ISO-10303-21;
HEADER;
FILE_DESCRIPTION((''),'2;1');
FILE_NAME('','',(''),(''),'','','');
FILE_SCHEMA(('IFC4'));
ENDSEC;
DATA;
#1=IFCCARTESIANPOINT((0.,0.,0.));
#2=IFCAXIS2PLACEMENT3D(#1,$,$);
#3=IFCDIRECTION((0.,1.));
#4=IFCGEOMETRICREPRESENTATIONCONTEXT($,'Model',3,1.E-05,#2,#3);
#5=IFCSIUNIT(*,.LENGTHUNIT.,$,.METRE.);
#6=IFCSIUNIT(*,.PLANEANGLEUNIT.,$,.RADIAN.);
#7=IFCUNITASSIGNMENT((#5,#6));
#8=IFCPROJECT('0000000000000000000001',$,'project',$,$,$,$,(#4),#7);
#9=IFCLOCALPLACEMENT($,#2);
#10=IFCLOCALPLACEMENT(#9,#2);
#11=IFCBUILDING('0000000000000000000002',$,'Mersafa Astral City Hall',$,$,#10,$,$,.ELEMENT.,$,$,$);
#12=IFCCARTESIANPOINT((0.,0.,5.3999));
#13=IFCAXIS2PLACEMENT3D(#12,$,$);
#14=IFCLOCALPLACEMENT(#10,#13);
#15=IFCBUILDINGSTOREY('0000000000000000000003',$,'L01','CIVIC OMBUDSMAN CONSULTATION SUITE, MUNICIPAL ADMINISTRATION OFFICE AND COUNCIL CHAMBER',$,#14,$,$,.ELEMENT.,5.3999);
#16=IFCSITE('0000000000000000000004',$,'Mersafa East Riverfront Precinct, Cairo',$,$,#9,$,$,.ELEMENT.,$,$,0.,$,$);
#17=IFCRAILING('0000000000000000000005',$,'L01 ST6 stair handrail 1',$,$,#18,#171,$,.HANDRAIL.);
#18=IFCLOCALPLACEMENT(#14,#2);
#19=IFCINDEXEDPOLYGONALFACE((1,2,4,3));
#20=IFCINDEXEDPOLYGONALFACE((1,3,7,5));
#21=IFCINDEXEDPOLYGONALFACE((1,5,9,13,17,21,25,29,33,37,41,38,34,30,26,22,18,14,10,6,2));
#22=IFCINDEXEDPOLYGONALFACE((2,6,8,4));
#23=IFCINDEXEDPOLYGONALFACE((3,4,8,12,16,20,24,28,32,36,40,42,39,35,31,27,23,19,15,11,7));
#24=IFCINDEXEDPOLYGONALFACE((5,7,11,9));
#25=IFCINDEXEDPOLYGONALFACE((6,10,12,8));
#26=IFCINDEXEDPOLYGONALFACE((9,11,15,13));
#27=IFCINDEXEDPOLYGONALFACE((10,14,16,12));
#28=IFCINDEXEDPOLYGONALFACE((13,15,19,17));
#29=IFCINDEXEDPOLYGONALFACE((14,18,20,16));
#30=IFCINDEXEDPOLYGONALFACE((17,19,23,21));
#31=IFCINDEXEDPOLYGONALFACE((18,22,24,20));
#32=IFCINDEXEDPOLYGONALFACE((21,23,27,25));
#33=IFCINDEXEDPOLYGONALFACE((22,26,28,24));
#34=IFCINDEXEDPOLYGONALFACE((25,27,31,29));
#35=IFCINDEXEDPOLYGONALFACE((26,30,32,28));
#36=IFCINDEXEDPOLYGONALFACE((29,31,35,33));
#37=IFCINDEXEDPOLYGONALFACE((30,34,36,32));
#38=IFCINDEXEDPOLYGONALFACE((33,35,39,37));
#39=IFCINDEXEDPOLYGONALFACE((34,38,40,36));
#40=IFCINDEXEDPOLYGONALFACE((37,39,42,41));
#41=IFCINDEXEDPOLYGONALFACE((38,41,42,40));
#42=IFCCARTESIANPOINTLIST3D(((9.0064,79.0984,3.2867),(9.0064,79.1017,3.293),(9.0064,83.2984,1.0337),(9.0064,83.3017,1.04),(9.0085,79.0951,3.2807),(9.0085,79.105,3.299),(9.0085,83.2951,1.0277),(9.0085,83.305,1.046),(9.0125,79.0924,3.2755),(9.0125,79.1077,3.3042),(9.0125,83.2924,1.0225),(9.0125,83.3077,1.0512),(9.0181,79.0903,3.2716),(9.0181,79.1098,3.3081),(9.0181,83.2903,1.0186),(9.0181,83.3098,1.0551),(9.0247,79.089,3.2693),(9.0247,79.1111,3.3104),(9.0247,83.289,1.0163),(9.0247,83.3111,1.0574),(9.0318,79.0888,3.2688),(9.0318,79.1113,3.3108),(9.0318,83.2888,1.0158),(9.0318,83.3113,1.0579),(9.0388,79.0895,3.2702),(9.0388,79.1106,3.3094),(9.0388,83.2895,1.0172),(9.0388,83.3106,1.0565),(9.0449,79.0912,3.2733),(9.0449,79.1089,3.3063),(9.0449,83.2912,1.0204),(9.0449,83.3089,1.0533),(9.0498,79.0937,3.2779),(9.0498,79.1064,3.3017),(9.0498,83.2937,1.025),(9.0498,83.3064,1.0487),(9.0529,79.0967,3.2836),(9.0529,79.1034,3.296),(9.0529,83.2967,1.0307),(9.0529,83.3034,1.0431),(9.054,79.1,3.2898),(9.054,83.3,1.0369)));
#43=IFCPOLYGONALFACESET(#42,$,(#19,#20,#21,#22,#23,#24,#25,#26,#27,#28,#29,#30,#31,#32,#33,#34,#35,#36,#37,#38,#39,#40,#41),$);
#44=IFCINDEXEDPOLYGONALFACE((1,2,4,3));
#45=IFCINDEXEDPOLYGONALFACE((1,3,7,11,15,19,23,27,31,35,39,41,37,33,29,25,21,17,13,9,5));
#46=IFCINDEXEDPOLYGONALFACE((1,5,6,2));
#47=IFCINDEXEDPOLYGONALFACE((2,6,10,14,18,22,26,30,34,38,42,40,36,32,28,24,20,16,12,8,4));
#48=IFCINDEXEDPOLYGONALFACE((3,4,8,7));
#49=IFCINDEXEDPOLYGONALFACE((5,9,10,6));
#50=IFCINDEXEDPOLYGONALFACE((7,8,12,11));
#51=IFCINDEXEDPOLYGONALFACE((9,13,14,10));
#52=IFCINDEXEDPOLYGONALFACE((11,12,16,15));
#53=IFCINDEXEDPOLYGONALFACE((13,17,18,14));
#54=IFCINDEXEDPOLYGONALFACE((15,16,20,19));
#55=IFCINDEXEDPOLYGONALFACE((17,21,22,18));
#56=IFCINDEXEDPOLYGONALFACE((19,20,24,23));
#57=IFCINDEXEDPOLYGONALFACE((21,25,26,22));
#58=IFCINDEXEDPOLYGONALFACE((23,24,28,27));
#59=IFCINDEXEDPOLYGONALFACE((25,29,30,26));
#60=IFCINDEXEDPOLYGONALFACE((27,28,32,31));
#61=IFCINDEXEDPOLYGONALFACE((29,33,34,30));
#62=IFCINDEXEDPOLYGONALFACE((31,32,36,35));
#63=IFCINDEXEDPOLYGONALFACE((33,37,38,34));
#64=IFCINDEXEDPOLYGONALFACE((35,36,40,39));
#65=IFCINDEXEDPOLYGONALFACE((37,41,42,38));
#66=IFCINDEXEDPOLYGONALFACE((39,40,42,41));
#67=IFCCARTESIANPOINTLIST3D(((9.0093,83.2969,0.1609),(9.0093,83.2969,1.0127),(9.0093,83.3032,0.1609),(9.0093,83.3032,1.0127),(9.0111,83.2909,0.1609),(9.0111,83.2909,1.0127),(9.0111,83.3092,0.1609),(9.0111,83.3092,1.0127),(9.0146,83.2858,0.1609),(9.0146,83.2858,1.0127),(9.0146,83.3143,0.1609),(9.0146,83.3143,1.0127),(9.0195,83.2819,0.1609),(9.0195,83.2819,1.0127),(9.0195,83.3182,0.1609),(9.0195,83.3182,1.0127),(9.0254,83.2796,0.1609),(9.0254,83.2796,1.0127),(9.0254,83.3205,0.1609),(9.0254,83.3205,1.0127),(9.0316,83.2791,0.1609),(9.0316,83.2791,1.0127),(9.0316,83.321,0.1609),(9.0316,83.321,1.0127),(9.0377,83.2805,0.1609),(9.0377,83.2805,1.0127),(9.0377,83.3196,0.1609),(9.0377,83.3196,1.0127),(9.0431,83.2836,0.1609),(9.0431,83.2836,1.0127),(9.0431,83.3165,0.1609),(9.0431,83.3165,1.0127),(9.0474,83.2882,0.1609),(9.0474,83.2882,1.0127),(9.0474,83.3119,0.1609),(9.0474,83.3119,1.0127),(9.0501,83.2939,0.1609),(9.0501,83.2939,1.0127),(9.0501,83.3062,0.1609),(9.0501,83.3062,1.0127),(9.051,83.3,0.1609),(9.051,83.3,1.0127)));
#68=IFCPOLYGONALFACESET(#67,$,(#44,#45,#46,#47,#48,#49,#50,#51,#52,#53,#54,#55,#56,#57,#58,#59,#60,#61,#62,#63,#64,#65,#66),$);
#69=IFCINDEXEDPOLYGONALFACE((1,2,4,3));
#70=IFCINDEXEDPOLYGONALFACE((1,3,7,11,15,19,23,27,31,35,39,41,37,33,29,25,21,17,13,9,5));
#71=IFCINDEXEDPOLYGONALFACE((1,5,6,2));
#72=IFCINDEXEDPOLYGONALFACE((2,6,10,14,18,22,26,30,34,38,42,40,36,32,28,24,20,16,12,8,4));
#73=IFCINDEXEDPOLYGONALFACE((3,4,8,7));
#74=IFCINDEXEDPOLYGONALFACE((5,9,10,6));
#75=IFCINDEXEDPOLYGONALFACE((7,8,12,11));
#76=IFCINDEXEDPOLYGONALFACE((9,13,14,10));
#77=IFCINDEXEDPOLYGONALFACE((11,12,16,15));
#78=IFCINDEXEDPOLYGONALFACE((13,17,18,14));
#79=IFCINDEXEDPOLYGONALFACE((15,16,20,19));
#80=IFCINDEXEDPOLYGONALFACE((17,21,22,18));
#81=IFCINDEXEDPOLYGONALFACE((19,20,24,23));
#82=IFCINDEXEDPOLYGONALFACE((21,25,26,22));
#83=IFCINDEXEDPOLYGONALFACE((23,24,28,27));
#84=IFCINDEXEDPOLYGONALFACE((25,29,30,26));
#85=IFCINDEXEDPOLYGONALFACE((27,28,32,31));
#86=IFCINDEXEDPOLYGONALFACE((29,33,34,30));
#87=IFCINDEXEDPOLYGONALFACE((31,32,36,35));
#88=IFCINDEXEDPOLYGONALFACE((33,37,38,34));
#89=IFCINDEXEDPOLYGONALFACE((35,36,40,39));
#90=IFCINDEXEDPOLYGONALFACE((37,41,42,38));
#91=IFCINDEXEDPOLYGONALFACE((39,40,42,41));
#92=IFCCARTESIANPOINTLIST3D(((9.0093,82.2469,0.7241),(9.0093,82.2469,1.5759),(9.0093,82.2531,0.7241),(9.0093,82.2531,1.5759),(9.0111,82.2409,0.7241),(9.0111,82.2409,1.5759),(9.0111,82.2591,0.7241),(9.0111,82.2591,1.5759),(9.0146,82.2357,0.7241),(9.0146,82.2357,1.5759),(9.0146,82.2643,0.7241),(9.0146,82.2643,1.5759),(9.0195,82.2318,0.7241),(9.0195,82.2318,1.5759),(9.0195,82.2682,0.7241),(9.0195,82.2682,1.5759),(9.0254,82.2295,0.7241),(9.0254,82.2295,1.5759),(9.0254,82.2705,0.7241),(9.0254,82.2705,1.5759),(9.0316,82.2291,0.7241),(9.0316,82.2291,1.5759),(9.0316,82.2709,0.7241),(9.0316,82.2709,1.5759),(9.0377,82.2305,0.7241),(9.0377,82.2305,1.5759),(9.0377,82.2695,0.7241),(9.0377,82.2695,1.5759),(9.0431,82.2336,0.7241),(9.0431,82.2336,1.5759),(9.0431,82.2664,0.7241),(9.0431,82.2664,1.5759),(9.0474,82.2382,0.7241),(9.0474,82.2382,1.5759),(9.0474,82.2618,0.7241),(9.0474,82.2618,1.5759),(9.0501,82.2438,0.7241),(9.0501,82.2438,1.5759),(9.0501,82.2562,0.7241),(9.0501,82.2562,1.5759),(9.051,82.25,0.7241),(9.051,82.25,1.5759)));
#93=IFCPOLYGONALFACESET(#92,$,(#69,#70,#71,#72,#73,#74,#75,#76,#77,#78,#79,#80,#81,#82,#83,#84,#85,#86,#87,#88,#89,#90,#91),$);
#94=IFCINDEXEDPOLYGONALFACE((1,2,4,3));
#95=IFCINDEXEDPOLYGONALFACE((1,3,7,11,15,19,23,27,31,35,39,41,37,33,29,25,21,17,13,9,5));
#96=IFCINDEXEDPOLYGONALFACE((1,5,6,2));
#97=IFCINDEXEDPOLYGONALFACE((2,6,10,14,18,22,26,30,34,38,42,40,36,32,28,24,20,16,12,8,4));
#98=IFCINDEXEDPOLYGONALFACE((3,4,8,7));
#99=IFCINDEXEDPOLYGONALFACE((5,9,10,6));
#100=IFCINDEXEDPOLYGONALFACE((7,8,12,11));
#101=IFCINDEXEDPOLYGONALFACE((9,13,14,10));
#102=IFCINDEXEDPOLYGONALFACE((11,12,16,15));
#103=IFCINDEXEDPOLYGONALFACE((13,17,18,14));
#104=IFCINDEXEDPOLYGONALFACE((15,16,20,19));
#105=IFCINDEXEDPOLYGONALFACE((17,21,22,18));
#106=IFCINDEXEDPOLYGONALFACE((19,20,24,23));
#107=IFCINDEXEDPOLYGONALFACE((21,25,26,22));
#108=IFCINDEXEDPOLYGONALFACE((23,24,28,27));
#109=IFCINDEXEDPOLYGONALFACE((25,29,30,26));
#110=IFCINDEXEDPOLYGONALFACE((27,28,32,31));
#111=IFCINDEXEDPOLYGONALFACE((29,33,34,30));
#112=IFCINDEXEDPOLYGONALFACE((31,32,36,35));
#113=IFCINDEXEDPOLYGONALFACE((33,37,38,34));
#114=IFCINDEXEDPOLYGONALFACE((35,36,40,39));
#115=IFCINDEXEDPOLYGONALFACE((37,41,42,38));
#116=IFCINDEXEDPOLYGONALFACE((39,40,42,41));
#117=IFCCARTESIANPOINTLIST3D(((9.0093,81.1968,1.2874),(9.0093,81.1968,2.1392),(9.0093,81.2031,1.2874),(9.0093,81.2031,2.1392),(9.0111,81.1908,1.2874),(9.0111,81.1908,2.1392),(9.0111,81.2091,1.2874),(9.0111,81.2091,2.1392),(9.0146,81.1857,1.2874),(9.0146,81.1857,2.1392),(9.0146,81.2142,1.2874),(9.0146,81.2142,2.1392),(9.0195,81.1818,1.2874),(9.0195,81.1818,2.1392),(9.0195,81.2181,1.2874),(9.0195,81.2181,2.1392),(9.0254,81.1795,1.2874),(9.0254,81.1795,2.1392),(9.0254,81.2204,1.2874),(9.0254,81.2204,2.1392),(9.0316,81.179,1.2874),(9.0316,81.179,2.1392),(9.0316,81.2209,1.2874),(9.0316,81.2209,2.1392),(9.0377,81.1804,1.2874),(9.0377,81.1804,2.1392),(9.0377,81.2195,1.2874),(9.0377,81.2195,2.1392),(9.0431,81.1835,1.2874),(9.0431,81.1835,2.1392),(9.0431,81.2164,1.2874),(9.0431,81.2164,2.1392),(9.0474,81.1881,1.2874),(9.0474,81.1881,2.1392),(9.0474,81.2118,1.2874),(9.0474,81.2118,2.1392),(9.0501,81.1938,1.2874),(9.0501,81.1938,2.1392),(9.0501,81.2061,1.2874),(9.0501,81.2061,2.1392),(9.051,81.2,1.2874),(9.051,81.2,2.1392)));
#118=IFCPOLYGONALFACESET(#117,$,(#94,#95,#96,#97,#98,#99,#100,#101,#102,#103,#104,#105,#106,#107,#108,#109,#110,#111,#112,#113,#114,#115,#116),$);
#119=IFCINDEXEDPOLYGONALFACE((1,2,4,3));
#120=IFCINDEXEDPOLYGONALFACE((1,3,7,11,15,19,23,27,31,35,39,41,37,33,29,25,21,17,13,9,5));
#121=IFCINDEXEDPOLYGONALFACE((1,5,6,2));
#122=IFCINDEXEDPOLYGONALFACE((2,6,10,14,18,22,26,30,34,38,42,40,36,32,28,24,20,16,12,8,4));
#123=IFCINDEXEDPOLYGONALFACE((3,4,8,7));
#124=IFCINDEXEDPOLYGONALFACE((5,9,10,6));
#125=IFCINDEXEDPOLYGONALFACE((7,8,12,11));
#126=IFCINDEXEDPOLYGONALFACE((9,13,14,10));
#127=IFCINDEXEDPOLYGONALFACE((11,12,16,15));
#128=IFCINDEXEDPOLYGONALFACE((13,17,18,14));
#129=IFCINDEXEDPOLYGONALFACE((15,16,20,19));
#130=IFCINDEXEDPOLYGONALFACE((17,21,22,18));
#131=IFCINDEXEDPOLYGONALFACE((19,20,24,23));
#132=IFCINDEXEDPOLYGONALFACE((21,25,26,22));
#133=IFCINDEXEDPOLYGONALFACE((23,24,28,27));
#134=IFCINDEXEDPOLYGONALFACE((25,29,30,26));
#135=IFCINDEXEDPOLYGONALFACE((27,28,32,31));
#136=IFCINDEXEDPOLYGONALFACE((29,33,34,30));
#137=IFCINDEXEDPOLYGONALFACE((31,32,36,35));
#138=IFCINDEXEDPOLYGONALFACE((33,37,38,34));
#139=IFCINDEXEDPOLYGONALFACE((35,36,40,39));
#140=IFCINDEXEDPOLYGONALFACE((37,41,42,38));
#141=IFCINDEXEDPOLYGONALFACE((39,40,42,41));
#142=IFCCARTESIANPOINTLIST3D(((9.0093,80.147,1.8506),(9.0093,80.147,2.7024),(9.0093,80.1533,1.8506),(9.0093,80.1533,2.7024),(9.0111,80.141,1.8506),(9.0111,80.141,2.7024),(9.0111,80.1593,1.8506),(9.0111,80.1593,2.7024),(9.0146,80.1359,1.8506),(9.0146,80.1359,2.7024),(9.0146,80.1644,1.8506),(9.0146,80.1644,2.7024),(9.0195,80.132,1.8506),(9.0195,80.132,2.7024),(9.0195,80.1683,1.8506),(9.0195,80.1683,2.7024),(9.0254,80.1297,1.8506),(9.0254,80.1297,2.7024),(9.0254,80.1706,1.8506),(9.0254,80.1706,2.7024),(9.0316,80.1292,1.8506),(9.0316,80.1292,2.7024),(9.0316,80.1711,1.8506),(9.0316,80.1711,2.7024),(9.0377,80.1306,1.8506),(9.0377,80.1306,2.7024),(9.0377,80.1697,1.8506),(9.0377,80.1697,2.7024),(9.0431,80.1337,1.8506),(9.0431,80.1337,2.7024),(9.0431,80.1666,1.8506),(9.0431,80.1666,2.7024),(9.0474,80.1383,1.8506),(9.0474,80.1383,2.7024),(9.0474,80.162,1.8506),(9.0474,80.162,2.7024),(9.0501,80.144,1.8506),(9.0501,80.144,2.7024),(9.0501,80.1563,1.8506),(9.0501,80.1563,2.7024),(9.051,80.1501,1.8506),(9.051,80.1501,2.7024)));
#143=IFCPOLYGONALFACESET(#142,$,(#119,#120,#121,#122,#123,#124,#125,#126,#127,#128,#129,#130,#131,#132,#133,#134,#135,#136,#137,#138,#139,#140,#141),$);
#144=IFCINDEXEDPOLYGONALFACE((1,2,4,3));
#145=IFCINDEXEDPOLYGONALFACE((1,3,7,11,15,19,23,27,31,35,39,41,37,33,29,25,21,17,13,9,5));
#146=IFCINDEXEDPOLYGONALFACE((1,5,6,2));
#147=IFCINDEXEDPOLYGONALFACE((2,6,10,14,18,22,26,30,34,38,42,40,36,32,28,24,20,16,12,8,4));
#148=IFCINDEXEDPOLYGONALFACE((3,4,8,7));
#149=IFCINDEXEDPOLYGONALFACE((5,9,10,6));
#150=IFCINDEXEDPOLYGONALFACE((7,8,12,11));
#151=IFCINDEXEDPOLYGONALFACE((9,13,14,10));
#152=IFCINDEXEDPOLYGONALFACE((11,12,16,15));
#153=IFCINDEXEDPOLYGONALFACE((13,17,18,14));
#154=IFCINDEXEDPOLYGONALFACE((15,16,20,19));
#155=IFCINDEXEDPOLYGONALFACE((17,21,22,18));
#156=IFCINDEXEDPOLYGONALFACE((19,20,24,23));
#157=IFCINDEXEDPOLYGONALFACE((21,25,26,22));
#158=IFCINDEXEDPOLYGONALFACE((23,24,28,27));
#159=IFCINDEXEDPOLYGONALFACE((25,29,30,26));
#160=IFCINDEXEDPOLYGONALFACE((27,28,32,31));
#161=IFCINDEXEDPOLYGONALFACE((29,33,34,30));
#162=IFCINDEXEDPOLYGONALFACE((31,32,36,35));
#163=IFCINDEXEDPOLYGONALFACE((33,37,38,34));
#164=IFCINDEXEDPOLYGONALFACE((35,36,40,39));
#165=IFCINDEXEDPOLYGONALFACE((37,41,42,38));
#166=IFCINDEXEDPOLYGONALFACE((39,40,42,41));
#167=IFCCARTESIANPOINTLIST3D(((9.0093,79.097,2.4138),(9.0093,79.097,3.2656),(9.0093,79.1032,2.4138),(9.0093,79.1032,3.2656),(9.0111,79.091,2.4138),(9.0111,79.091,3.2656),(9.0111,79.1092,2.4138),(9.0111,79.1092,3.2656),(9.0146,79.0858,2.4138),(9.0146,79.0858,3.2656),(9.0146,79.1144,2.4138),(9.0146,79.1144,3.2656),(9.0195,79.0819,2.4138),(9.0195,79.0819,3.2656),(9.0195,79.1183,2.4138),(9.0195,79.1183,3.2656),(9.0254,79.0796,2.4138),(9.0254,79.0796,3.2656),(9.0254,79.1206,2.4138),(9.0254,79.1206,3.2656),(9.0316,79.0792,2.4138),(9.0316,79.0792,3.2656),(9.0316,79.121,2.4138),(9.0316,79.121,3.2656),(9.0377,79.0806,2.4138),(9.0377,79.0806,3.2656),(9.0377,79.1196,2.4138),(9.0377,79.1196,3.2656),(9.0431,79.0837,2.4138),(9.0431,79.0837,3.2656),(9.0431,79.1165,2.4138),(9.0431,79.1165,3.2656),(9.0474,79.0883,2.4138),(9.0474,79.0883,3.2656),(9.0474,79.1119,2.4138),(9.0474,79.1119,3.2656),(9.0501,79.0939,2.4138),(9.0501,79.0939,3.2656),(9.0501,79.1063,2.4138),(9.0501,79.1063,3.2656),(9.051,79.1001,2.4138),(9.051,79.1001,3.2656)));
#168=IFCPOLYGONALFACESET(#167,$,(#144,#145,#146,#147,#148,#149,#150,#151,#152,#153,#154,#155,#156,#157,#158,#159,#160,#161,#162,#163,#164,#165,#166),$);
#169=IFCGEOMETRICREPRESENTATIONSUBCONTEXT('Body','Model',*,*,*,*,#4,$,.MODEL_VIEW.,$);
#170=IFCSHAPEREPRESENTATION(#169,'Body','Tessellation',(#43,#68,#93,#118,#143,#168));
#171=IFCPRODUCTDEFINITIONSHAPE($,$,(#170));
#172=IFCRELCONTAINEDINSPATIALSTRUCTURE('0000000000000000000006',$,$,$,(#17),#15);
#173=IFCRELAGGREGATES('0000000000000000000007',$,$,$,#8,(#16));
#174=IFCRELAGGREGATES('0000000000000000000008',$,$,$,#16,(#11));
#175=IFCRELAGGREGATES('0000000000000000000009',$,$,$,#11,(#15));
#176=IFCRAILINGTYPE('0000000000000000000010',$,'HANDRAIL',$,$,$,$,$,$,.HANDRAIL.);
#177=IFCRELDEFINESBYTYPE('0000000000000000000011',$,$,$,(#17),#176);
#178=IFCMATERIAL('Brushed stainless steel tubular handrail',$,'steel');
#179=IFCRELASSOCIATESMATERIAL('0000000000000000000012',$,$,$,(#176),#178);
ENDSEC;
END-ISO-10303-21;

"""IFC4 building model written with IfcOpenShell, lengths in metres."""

from ifc_helpers import new_model, si_unit, direction, frame, origin, origin_2d, place, context, subcontext, project, spatial, circle, extrude, material, type_object, element, save


model = new_model("IFC4")

# Units and contexts
model_context = context("Model", 3, precision=1e-05, world=origin(), true_north=direction((0.0, 1.0)))
body_context = subcontext(model_context, "Body", "Model", "MODEL_VIEW")
ifc_project = project(units=[si_unit("LENGTHUNIT", "METRE"), si_unit("PLANEANGLEUNIT", "RADIAN")], contexts=[model_context])

# Site, building, storey
site_placement = place(None, origin())
site = spatial("IfcSite", under=ifc_project, at=site_placement, Name="Mersafa East Riverfront Precinct, Cairo", CompositionType="ELEMENT", RefElevation=0.0)
building_placement = place(site_placement, origin())
building = spatial("IfcBuilding", under=site, at=building_placement, Name="Mersafa Astral City Hall", CompositionType="ELEMENT")
storey_placement = place(building_placement, frame((0.0, 0.0, 5.3999)))
storey = spatial("IfcBuildingStorey", under=building, at=storey_placement, Name="L01", Description="CIVIC OMBUDSMAN CONSULTATION SUITE, MUNICIPAL ADMINISTRATION OFFICE AND COUNCIL CHAMBER", CompositionType="ELEMENT", Elevation=5.3999)

# Railing
ifc_material_1 = material(Name="Brushed stainless steel tubular handrail", Category="steel")
railing_type_1 = type_object("IfcRailingType", Name="HANDRAIL", PredefinedType="HANDRAIL", material=ifc_material_1)
railing_1_placement = place(storey_placement, frame((9.03, 83.3, 0.1609)))
element("IfcRailing", 1, at=railing_1_placement, inside=storey, type_object=railing_type_1, Name="L01 ST6 stair handrail 1", PredefinedType="HANDRAIL", context=body_context, shape_type="SweptSolid", body=[
    extrude(circle(Radius=0.0239, at=origin_2d()), frame((0.0, 0.0, 0.876), z_axis=(0.0, -0.881222, 0.472703), x_axis=(1.0, 0.0, 0.0)), (0.0, 0.0, 1.0), 4.7661),
    extrude(circle(Radius=0.021, at=origin_2d()), origin(), (0.0, 0.0, 1.0), 0.8518),
    extrude(circle(Radius=0.021, at=origin_2d()), frame((0.0, -1.05, 0.5632)), (0.0, 0.0, 1.0), 0.8518),
    extrude(circle(Radius=0.021, at=origin_2d()), frame((0.0, -2.1001, 1.1265)), (0.0, 0.0, 1.0), 0.8518),
    extrude(circle(Radius=0.021, at=origin_2d()), frame((0.0, -3.1499, 1.6897)), (0.0, 0.0, 1.0), 0.8518),
    extrude(circle(Radius=0.021, at=origin_2d()), frame((0.0, -4.2, 2.2529)), (0.0, 0.0, 1.0), 0.8518),
])

save(model, "model.ifc")
